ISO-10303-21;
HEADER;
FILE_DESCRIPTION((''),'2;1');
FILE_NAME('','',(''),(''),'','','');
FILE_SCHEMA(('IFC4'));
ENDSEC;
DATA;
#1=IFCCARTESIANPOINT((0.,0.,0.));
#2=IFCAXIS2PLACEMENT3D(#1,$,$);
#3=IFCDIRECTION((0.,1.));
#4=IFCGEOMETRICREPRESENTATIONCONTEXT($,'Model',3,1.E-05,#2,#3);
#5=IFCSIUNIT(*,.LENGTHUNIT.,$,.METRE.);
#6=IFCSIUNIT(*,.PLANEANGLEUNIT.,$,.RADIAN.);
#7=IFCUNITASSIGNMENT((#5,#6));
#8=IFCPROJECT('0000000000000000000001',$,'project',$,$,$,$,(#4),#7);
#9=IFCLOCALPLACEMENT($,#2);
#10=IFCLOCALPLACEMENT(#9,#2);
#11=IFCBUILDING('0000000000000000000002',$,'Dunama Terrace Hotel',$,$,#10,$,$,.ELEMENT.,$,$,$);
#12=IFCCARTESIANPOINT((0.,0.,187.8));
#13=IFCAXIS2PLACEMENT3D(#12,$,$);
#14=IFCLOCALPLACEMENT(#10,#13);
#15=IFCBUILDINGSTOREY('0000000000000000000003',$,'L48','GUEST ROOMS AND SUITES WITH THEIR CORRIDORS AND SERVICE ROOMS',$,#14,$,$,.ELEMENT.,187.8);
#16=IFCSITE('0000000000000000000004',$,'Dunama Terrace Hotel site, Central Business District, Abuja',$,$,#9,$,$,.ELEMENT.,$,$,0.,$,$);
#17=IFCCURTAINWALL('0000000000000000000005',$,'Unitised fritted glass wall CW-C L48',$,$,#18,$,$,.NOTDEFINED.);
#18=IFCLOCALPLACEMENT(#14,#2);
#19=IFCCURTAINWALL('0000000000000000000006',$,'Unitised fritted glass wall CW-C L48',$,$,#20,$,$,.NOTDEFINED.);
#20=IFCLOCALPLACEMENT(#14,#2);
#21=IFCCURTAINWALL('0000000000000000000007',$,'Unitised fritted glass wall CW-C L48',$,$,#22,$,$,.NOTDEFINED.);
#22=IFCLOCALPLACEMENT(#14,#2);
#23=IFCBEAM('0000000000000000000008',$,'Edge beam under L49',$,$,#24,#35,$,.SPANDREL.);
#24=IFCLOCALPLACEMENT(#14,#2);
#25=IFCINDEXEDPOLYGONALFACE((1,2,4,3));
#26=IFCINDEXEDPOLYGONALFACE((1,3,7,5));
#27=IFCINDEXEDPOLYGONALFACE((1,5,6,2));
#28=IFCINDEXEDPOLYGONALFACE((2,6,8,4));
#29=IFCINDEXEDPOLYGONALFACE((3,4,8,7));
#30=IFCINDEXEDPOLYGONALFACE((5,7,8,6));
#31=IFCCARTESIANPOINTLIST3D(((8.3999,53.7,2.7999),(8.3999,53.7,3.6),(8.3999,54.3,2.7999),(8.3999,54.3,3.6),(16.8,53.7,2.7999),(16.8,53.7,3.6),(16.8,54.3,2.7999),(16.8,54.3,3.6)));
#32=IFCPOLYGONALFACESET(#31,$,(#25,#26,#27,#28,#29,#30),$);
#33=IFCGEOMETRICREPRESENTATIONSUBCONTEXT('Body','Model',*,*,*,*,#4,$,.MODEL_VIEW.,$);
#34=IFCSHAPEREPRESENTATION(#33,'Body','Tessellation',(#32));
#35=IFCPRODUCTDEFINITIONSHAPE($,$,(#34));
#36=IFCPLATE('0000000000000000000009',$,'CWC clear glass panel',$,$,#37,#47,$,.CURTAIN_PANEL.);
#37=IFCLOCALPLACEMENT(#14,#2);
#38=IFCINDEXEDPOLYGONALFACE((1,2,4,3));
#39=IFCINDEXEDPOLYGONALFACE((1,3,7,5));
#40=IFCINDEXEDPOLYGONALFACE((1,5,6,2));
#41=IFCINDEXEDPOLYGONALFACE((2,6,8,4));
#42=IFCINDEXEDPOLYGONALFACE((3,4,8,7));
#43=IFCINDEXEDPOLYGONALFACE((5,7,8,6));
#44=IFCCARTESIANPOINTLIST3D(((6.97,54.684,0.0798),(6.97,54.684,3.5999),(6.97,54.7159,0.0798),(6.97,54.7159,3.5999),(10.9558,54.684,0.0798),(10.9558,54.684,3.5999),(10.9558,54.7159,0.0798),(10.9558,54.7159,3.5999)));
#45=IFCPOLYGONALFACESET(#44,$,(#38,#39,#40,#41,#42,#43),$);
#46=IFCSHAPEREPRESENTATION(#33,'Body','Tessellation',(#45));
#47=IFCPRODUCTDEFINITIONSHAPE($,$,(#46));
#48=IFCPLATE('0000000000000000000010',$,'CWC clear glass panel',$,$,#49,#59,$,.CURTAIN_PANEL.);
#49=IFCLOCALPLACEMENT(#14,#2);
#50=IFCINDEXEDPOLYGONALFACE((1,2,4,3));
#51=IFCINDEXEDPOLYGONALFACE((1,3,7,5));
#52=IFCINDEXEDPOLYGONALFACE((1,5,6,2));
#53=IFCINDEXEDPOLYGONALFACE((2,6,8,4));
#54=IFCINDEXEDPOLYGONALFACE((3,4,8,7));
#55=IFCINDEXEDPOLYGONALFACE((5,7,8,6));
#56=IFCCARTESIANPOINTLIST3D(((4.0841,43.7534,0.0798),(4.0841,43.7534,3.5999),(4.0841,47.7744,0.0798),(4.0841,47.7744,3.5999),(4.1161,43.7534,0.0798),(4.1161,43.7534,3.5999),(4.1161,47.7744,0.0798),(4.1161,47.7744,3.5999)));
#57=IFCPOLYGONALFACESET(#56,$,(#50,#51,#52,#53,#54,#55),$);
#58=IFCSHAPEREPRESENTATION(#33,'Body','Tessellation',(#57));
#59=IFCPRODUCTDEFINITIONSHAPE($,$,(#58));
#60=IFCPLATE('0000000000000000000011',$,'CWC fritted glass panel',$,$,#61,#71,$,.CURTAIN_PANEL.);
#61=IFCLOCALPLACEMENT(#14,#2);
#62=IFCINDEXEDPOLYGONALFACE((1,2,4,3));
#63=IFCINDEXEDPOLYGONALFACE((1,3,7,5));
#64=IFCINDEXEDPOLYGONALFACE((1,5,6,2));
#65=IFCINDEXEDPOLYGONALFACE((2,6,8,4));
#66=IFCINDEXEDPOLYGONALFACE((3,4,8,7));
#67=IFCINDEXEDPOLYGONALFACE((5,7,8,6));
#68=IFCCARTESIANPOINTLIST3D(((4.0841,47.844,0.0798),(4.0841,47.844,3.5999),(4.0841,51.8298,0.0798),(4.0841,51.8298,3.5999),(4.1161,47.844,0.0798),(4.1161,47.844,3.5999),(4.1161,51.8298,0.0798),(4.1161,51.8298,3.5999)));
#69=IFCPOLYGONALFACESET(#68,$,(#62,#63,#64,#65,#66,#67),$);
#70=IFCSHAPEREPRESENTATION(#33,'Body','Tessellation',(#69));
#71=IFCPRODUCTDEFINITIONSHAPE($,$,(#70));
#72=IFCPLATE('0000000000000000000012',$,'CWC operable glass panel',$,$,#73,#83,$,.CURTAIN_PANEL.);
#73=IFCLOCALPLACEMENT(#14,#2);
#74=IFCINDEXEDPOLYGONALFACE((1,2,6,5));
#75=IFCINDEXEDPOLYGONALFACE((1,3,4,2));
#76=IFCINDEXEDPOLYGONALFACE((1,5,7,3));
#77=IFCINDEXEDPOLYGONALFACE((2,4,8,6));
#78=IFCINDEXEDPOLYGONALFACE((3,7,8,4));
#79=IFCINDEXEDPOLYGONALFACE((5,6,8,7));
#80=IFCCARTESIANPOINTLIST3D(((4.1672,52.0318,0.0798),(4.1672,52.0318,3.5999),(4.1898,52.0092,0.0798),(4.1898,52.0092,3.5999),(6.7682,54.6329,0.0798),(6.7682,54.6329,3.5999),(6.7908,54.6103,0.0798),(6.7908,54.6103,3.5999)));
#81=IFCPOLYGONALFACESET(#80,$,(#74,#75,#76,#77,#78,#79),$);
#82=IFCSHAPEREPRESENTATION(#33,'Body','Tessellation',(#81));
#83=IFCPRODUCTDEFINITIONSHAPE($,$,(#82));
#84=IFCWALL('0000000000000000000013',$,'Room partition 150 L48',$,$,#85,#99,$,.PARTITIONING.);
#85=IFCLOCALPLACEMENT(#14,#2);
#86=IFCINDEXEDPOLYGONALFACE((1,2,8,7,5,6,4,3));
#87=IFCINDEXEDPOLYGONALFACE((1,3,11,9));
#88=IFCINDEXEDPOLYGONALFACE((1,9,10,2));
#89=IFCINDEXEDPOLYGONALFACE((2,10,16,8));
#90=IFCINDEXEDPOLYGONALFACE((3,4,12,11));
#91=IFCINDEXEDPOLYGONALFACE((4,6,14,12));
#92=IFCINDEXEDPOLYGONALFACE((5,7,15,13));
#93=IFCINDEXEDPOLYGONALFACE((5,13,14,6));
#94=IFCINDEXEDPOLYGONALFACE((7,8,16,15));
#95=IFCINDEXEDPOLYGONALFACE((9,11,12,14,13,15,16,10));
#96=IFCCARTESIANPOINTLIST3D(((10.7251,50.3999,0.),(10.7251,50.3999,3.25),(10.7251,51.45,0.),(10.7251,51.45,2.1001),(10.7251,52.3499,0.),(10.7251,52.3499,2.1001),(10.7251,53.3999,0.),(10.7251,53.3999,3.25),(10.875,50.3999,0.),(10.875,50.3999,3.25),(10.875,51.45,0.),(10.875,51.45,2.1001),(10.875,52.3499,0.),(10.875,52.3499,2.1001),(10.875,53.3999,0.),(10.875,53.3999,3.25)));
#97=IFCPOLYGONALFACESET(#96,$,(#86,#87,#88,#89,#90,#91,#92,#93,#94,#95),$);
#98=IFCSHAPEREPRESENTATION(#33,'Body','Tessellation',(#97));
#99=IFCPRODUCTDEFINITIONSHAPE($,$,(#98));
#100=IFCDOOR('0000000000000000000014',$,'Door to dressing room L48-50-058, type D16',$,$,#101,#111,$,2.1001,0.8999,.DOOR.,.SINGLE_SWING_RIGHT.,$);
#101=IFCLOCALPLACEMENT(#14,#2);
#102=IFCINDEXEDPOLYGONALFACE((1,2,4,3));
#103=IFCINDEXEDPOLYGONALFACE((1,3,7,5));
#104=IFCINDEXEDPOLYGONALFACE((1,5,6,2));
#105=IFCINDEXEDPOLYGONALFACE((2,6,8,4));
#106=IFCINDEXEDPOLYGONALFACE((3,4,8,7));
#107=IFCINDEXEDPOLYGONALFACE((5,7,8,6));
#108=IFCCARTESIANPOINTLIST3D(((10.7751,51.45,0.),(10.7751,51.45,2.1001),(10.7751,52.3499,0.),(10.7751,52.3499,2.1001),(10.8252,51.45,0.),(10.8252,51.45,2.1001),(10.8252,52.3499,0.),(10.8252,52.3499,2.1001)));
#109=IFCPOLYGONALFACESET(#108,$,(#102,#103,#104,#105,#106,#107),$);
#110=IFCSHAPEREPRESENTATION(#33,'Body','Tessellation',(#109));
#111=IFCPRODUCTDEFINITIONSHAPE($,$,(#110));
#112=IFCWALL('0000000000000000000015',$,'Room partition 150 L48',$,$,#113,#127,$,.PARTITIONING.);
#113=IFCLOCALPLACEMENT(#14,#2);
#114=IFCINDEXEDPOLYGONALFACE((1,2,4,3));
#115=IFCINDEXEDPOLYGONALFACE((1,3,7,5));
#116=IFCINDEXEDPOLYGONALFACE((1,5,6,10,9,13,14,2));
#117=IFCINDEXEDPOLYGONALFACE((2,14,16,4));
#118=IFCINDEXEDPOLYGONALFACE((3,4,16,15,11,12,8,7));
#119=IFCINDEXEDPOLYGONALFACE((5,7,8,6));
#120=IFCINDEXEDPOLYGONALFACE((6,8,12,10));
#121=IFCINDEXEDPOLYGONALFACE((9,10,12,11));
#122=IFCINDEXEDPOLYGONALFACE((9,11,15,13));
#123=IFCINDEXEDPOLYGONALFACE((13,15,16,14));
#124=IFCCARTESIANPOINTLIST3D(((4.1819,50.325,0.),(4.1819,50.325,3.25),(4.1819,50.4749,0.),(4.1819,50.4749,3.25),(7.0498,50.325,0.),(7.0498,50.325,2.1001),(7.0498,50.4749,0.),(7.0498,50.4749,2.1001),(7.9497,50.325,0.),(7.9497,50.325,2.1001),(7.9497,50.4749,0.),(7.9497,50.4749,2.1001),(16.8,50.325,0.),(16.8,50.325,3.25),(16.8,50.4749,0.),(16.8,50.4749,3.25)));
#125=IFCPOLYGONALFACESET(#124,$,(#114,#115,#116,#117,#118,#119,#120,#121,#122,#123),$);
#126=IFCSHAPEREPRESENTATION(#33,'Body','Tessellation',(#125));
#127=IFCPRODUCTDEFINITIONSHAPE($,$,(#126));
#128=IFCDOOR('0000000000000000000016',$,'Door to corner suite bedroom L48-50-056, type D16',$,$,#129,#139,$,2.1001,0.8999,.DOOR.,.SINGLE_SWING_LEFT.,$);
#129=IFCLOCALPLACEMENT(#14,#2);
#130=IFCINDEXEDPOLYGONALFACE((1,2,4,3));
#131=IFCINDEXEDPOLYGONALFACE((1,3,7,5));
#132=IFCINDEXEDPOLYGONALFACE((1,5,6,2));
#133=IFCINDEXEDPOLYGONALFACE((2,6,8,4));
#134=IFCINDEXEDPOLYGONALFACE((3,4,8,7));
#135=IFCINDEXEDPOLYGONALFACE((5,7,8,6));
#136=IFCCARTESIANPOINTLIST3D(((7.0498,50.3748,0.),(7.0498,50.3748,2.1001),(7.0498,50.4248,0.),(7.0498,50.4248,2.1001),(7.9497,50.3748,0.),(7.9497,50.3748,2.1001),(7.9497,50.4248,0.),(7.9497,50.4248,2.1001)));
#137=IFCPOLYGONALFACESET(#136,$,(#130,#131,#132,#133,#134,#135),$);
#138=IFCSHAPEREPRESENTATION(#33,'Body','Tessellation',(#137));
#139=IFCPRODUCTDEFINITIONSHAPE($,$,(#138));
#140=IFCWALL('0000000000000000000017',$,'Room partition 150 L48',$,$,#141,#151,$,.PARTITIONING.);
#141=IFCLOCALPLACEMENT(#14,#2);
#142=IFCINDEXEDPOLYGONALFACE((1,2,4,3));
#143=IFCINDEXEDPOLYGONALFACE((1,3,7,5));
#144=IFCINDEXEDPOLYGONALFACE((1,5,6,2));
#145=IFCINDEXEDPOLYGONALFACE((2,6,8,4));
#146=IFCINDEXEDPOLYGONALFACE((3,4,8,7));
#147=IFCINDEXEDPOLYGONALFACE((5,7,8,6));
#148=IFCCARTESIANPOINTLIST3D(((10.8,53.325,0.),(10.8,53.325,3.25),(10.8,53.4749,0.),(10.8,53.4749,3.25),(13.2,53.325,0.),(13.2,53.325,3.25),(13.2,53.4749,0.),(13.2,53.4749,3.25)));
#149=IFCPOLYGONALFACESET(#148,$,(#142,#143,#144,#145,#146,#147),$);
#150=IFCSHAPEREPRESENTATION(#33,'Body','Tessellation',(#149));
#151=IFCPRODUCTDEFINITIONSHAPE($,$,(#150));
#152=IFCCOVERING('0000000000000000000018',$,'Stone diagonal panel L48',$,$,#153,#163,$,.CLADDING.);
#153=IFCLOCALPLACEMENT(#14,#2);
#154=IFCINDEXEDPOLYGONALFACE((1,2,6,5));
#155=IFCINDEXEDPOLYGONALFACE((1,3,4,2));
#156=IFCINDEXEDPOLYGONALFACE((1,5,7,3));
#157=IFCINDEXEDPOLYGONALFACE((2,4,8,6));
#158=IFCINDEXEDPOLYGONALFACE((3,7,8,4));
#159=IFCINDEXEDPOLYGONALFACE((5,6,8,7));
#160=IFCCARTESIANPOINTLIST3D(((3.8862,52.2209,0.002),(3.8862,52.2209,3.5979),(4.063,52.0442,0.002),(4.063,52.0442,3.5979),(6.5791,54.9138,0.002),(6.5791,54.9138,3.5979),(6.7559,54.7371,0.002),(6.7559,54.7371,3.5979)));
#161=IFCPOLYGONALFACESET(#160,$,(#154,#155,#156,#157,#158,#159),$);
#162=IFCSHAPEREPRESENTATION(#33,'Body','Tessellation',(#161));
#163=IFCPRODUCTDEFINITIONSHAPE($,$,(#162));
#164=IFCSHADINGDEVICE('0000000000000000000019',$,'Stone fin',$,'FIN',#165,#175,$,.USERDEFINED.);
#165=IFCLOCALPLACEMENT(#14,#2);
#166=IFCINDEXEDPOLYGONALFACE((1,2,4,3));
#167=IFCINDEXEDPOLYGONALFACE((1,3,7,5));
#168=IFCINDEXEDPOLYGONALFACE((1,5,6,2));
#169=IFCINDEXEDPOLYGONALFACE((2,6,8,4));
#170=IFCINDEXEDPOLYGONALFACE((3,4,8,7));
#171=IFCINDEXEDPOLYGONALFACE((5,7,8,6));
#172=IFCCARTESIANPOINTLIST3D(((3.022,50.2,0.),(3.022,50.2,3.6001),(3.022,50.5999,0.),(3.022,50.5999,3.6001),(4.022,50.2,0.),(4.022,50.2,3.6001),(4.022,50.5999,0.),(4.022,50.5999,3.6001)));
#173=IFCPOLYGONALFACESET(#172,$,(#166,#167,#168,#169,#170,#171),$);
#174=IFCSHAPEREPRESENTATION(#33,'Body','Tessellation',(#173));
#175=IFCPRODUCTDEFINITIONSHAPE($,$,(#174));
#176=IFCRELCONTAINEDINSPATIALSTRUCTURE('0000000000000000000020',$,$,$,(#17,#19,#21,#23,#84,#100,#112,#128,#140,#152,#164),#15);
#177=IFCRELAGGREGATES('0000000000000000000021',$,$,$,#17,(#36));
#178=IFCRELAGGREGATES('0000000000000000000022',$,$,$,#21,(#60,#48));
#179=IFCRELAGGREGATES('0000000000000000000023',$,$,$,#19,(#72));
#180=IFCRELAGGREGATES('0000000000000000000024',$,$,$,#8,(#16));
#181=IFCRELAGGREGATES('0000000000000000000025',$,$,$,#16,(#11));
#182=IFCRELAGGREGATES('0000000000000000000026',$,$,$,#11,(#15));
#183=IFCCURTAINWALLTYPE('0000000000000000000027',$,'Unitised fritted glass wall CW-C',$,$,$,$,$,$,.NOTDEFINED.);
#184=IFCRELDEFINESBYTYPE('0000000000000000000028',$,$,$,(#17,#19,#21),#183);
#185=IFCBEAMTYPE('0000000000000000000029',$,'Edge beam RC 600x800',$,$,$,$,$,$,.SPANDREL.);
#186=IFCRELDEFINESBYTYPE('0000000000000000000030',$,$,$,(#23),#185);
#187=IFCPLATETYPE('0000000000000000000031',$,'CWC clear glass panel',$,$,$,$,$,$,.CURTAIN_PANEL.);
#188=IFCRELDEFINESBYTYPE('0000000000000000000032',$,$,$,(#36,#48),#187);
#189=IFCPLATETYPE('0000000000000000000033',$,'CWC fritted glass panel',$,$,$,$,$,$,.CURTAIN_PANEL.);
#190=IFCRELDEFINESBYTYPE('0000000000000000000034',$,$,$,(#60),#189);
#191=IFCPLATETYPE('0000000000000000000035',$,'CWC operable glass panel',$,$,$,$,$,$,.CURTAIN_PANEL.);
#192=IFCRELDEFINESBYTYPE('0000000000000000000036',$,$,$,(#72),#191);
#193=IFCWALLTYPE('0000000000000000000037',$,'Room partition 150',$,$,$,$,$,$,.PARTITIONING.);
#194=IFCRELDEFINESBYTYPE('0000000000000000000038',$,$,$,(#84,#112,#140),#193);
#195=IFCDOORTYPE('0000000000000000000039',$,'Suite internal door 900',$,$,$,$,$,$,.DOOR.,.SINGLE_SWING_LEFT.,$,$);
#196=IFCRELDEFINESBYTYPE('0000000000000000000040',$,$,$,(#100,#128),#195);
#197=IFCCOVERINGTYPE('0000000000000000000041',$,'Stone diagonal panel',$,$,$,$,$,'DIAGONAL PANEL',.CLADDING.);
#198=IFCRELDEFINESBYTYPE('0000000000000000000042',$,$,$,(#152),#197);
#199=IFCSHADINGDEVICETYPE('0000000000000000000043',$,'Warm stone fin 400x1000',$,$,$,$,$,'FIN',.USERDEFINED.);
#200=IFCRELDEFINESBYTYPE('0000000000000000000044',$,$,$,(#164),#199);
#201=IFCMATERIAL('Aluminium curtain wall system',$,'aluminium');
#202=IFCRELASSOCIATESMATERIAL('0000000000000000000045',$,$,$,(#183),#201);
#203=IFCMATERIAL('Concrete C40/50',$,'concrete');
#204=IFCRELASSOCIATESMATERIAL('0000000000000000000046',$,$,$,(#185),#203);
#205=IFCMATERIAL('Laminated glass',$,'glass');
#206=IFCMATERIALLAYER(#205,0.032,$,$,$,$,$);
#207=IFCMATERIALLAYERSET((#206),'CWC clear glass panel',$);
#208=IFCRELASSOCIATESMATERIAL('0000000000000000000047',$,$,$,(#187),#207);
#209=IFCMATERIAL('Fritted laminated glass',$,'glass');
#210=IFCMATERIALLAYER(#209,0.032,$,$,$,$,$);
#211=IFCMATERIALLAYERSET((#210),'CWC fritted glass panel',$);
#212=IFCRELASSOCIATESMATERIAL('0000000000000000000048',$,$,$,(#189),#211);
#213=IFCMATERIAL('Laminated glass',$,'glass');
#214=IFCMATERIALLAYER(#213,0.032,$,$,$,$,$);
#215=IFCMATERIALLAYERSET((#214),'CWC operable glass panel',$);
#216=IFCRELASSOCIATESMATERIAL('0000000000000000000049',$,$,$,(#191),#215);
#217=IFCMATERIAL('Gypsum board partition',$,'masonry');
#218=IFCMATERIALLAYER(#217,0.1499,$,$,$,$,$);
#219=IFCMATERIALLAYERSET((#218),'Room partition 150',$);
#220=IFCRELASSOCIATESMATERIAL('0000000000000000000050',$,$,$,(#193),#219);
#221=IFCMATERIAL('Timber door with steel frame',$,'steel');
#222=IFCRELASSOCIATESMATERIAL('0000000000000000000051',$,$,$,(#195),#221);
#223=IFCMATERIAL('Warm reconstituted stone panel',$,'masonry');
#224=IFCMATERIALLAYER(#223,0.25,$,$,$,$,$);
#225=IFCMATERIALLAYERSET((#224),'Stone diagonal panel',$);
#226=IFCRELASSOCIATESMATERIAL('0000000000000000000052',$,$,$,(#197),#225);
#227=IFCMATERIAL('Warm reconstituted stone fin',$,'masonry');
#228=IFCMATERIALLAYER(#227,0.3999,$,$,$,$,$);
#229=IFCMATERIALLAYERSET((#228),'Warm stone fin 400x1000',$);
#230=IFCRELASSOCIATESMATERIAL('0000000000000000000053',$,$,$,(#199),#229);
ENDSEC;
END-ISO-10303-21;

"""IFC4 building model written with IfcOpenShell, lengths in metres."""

from ifc_helpers import new_model, si_unit, direction, frame, frame_2d, origin, origin_2d, place, context, subcontext, project, spatial, rectangle, extrude, material, layer, layer_set, material_profile, profile_set, type_object, element, fill, aggregate, save


model = new_model("IFC4")

# Units and contexts
model_context = context("Model", 3, precision=1e-05, world=origin(), true_north=direction((0.0, 1.0)))
body_context = subcontext(model_context, "Body", "Model", "MODEL_VIEW")
ifc_project = project(units=[si_unit("LENGTHUNIT", "METRE"), si_unit("PLANEANGLEUNIT", "RADIAN")], contexts=[model_context])

# Site, building, storey
site_placement = place(None, origin())
site = spatial("IfcSite", under=ifc_project, at=site_placement, Name="Dunama Terrace Hotel site, Central Business District, Abuja", CompositionType="ELEMENT", RefElevation=0.0)
building_placement = place(site_placement, origin())
building = spatial("IfcBuilding", under=site, at=building_placement, Name="Dunama Terrace Hotel", CompositionType="ELEMENT")
storey_placement = place(building_placement, frame((0.0, 0.0, 187.8)))
storey = spatial("IfcBuildingStorey", under=building, at=storey_placement, Name="L48", Description="GUEST ROOMS AND SUITES WITH THEIR CORRIDORS AND SERVICE ROOMS", CompositionType="ELEMENT", Elevation=187.8)

# Curtain walls
ifc_material_1 = material(Name="Aluminium curtain wall system", Category="aluminium")
curtain_wall_type = type_object("IfcCurtainWallType", Name="Unitised fritted glass wall CW-C", PredefinedType="NOTDEFINED", material=ifc_material_1)
curtain_wall_1_placement = place(storey_placement, origin())
curtain_wall_1 = element("IfcCurtainWall", 1, at=curtain_wall_1_placement, inside=storey, type_object=curtain_wall_type, Name="Unitised fritted glass wall CW-C L48", PredefinedType="NOTDEFINED")
curtain_wall_2_placement = place(storey_placement, origin())
curtain_wall_2 = element("IfcCurtainWall", 2, at=curtain_wall_2_placement, inside=storey, type_object=curtain_wall_type, Name="Unitised fritted glass wall CW-C L48", PredefinedType="NOTDEFINED")
curtain_wall_3_placement = place(storey_placement, origin())
curtain_wall_3 = element("IfcCurtainWall", 3, at=curtain_wall_3_placement, inside=storey, type_object=curtain_wall_type, Name="Unitised fritted glass wall CW-C L48", PredefinedType="NOTDEFINED")

# Beam
ifc_material_2 = material(Name="Concrete C40/50", Category="concrete")
ifc_material_profile_1 = material_profile(ifc_material_2, rectangle(XDim=0.6001, YDim=0.8, at=origin_2d()), Name="RC 600x800")
ifc_profile_set_1 = profile_set([ifc_material_profile_1], Name="Concrete C40/50")
beam_type_1 = type_object("IfcBeamType", Name="Edge beam RC 600x800", PredefinedType="SPANDREL", material=ifc_profile_set_1)
beam_1_placement = place(storey_placement, frame((8.3999, 54.0, 3.2), z_axis=(1.0, 0.0, 0.0), x_axis=(0.0, 1.0, 0.0)))
element("IfcBeam", 4, at=beam_1_placement, inside=storey, type_object=beam_type_1, Name="Edge beam under L49", PredefinedType="SPANDREL", context=body_context, shape_type="SweptSolid", body=[
    extrude(rectangle(XDim=0.6001, YDim=0.8, at=origin_2d()), origin(), (0.0, 0.0, 1.0), 8.4001),
])

# Plates
ifc_material_3 = material(Name="Laminated glass", Category="glass")
ifc_layer_1 = layer(ifc_material_3, 0.032)
ifc_layer_set_1 = layer_set([ifc_layer_1], Name="CWC clear glass panel")
plate_type_1 = type_object("IfcPlateType", Name="CWC clear glass panel", PredefinedType="CURTAIN_PANEL", material=ifc_layer_set_1)
plate_1_placement = place(storey_placement, frame((8.9629, 54.7, 0.0798), z_axis=(0.0, 0.0, 1.0), x_axis=(-1.0, 0.0, 0.0)))
plate_1 = element("IfcPlate", 5, at=plate_1_placement, type_object=plate_type_1, Name="CWC clear glass panel", PredefinedType="CURTAIN_PANEL", context=body_context, shape_type="SweptSolid", body=[
    extrude(rectangle(XDim=3.9858, YDim=0.032, at=origin_2d()), origin(), (0.0, 0.0, 1.0), 3.52),
])
aggregate(curtain_wall_1, [plate_1])
plate_2_placement = place(storey_placement, frame((4.1001, 45.7639, 0.0798), z_axis=(0.0, 0.0, 1.0), x_axis=(0.0, -1.0, 0.0)))
plate_2 = element("IfcPlate", 6, at=plate_2_placement, type_object=plate_type_1, Name="CWC clear glass panel", PredefinedType="CURTAIN_PANEL", context=body_context, shape_type="SweptSolid", body=[
    extrude(rectangle(XDim=4.021, YDim=0.032, at=origin_2d()), origin(), (0.0, 0.0, 1.0), 3.52),
])
ifc_material_4 = material(Name="Fritted laminated glass", Category="glass")
ifc_layer_2 = layer(ifc_material_4, 0.032)
ifc_layer_set_2 = layer_set([ifc_layer_2], Name="CWC fritted glass panel")
plate_type_2 = type_object("IfcPlateType", Name="CWC fritted glass panel", PredefinedType="CURTAIN_PANEL", material=ifc_layer_set_2)
plate_3_placement = place(storey_placement, frame((4.1001, 49.8369, 0.0798), z_axis=(0.0, 0.0, 1.0), x_axis=(0.0, -1.0, 0.0)))
plate_3 = element("IfcPlate", 7, at=plate_3_placement, type_object=plate_type_2, Name="CWC fritted glass panel", PredefinedType="CURTAIN_PANEL", context=body_context, shape_type="SweptSolid", body=[
    extrude(rectangle(XDim=3.9858, YDim=0.032, at=origin_2d()), origin(), (0.0, 0.0, 1.0), 3.52),
])
aggregate(curtain_wall_3, [plate_3, plate_2])
ifc_material_5 = material(Name="Laminated glass", Category="glass")
ifc_layer_3 = layer(ifc_material_5, 0.032)
ifc_layer_set_3 = layer_set([ifc_layer_3], Name="CWC operable glass panel")
plate_type_3 = type_object("IfcPlateType", Name="CWC operable glass panel", PredefinedType="CURTAIN_PANEL", material=ifc_layer_set_3)
plate_4_placement = place(storey_placement, frame((5.479, 53.321, 0.0798), z_axis=(0.0, 0.0, 1.0), x_axis=(-0.707107, -0.707107, 0.0)))
plate_4 = element("IfcPlate", 8, at=plate_4_placement, type_object=plate_type_3, Name="CWC operable glass panel", PredefinedType="CURTAIN_PANEL", context=body_context, shape_type="SweptSolid", body=[
    extrude(rectangle(XDim=3.6785, YDim=0.032, at=origin_2d()), origin(), (0.0, 0.0, 1.0), 3.52),
])
aggregate(curtain_wall_2, [plate_4])

# Walls, openings, doors
ifc_material_6 = material(Name="Gypsum board partition", Category="masonry")
ifc_layer_4 = layer(ifc_material_6, 0.1499)
ifc_layer_set_4 = layer_set([ifc_layer_4], Name="Room partition 150")
wall_type = type_object("IfcWallType", Name="Room partition 150", PredefinedType="PARTITIONING", material=ifc_layer_set_4)
wall_1_placement = place(storey_placement, frame((10.8, 50.3999, 0.0), z_axis=(0.0, 0.0, 1.0), x_axis=(0.0, 1.0, 0.0)))
wall_1 = element("IfcWall", 9, at=wall_1_placement, inside=storey, type_object=wall_type, Name="Room partition 150 L48", PredefinedType="PARTITIONING", context=body_context, shape_type="SweptSolid", body=[
    extrude(rectangle(XDim=3.0, YDim=0.1499, at=frame_2d((1.5, 0.0))), origin(), (0.0, 0.0, 1.0), 3.25),
])
opening_1_placement = place(wall_1_placement, frame((1.05, 0.0, 0.0)))
opening_1 = element("IfcOpeningElement", 10, at=opening_1_placement, cuts=wall_1, PredefinedType="OPENING", context=body_context, shape_type="SweptSolid", body=[
    extrude(rectangle(XDim=0.8999, YDim=2.1001, at=frame_2d((0.45, 1.05))), frame((0.0, 0.085, 0.0), z_axis=(0.0, -1.0, 0.0), x_axis=(1.0, 0.0, 0.0)), (0.0, 0.0, 1.0), 0.1699),
])
ifc_material_7 = material(Name="Timber door with steel frame", Category="steel")
door_type = type_object("IfcDoorType", Name="Suite internal door 900", OperationType="SINGLE_SWING_LEFT", PredefinedType="DOOR", material=ifc_material_7)
door_1_placement = place(opening_1_placement, frame((0.8999, 0.0, 0.0), z_axis=(0.0, 0.0, 1.0), x_axis=(-1.0, 0.0, 0.0)))
door_1 = element("IfcDoor", 11, at=door_1_placement, inside=storey, type_object=door_type, Name="Door to dressing room L48-50-058, type D16", OperationType="SINGLE_SWING_RIGHT", OverallHeight=2.1001, OverallWidth=0.8999, PredefinedType="DOOR", context=body_context, shape_type="SweptSolid", body=[
    extrude(rectangle(XDim=0.8999, YDim=2.1001, at=frame_2d((0.45, 1.05))), frame((0.0, 0.0251, 0.0), z_axis=(0.0, -1.0, 0.0), x_axis=(1.0, 0.0, 0.0)), (0.0, 0.0, 1.0), 0.05),
])
fill(opening_1, door_1)
wall_2_placement = place(storey_placement, frame((4.1819, 50.3999, 0.0), z_axis=(0.0, 0.0, 1.0), x_axis=(1.0, 0.0, 0.0)))
wall_2 = element("IfcWall", 12, at=wall_2_placement, inside=storey, type_object=wall_type, Name="Room partition 150 L48", PredefinedType="PARTITIONING", context=body_context, shape_type="SweptSolid", body=[
    extrude(rectangle(XDim=12.6182, YDim=0.1499, at=frame_2d((6.3091, 0.0))), origin(), (0.0, 0.0, 1.0), 3.25),
])
opening_2_placement = place(wall_2_placement, frame((2.8679, 0.0, 0.0)))
opening_2 = element("IfcOpeningElement", 13, at=opening_2_placement, cuts=wall_2, PredefinedType="OPENING", context=body_context, shape_type="SweptSolid", body=[
    extrude(rectangle(XDim=0.8999, YDim=2.1001, at=frame_2d((0.45, 1.05))), frame((0.0, 0.085, 0.0), z_axis=(0.0, -1.0, 0.0), x_axis=(1.0, 0.0, 0.0)), (0.0, 0.0, 1.0), 0.1699),
])
door_2_placement = place(opening_2_placement, origin())
door_2 = element("IfcDoor", 14, at=door_2_placement, inside=storey, type_object=door_type, Name="Door to corner suite bedroom L48-50-056, type D16", OperationType="SINGLE_SWING_LEFT", OverallHeight=2.1001, OverallWidth=0.8999, PredefinedType="DOOR", context=body_context, shape_type="SweptSolid", body=[
    extrude(rectangle(XDim=0.8999, YDim=2.1001, at=frame_2d((0.45, 1.05))), frame((0.0, 0.0249, 0.0), z_axis=(0.0, -1.0, 0.0), x_axis=(1.0, 0.0, 0.0)), (0.0, 0.0, 1.0), 0.05),
])
fill(opening_2, door_2)

# Wall
wall_3_placement = place(storey_placement, frame((10.8, 53.3999, 0.0), z_axis=(0.0, 0.0, 1.0), x_axis=(1.0, 0.0, 0.0)))
element("IfcWall", 15, at=wall_3_placement, inside=storey, type_object=wall_type, Name="Room partition 150 L48", PredefinedType="PARTITIONING", context=body_context, shape_type="SweptSolid", body=[
    extrude(rectangle(XDim=2.3999, YDim=0.1499, at=frame_2d((1.2, 0.0))), origin(), (0.0, 0.0, 1.0), 3.25),
])

# Covering
ifc_material_8 = material(Name="Warm reconstituted stone panel", Category="masonry")
ifc_layer_5 = layer(ifc_material_8, 0.25)
ifc_layer_set_5 = layer_set([ifc_layer_5], Name="Stone diagonal panel")
covering_type = type_object("IfcCoveringType", Name="Stone diagonal panel", ElementType="DIAGONAL PANEL", PredefinedType="CLADDING", material=ifc_layer_set_5)
covering_placement = place(storey_placement, frame((5.321, 53.479, 0.002), z_axis=(0.0, 0.0, 1.0), x_axis=(-0.707107, -0.707107, 0.0)))
element("IfcCovering", 16, at=covering_placement, inside=storey, type_object=covering_type, Name="Stone diagonal panel L48", PredefinedType="CLADDING", context=body_context, shape_type="SweptSolid", body=[
    extrude(rectangle(XDim=3.8083, YDim=0.25, at=origin_2d()), origin(), (0.0, 0.0, 1.0), 3.5959),
])

# Shading device
ifc_material_9 = material(Name="Warm reconstituted stone fin", Category="masonry")
ifc_layer_6 = layer(ifc_material_9, 0.3999)
ifc_layer_set_6 = layer_set([ifc_layer_6], Name="Warm stone fin 400x1000")
shading_device_type = type_object("IfcShadingDeviceType", Name="Warm stone fin 400x1000", ElementType="FIN", PredefinedType="USERDEFINED", material=ifc_layer_set_6)
shading_device_placement = place(storey_placement, frame((3.522, 50.3999, 0.0), z_axis=(0.0, 0.0, 1.0), x_axis=(0.0, -1.0, 0.0)))
element("IfcShadingDevice", 17, at=shading_device_placement, inside=storey, type_object=shading_device_type, Name="Stone fin", ObjectType="FIN", PredefinedType="USERDEFINED", context=body_context, shape_type="SweptSolid", body=[
    extrude(rectangle(XDim=0.3999, YDim=1.0, at=origin_2d()), origin(), (0.0, 0.0, 1.0), 3.6001),
])

save(model, "model.ifc")
